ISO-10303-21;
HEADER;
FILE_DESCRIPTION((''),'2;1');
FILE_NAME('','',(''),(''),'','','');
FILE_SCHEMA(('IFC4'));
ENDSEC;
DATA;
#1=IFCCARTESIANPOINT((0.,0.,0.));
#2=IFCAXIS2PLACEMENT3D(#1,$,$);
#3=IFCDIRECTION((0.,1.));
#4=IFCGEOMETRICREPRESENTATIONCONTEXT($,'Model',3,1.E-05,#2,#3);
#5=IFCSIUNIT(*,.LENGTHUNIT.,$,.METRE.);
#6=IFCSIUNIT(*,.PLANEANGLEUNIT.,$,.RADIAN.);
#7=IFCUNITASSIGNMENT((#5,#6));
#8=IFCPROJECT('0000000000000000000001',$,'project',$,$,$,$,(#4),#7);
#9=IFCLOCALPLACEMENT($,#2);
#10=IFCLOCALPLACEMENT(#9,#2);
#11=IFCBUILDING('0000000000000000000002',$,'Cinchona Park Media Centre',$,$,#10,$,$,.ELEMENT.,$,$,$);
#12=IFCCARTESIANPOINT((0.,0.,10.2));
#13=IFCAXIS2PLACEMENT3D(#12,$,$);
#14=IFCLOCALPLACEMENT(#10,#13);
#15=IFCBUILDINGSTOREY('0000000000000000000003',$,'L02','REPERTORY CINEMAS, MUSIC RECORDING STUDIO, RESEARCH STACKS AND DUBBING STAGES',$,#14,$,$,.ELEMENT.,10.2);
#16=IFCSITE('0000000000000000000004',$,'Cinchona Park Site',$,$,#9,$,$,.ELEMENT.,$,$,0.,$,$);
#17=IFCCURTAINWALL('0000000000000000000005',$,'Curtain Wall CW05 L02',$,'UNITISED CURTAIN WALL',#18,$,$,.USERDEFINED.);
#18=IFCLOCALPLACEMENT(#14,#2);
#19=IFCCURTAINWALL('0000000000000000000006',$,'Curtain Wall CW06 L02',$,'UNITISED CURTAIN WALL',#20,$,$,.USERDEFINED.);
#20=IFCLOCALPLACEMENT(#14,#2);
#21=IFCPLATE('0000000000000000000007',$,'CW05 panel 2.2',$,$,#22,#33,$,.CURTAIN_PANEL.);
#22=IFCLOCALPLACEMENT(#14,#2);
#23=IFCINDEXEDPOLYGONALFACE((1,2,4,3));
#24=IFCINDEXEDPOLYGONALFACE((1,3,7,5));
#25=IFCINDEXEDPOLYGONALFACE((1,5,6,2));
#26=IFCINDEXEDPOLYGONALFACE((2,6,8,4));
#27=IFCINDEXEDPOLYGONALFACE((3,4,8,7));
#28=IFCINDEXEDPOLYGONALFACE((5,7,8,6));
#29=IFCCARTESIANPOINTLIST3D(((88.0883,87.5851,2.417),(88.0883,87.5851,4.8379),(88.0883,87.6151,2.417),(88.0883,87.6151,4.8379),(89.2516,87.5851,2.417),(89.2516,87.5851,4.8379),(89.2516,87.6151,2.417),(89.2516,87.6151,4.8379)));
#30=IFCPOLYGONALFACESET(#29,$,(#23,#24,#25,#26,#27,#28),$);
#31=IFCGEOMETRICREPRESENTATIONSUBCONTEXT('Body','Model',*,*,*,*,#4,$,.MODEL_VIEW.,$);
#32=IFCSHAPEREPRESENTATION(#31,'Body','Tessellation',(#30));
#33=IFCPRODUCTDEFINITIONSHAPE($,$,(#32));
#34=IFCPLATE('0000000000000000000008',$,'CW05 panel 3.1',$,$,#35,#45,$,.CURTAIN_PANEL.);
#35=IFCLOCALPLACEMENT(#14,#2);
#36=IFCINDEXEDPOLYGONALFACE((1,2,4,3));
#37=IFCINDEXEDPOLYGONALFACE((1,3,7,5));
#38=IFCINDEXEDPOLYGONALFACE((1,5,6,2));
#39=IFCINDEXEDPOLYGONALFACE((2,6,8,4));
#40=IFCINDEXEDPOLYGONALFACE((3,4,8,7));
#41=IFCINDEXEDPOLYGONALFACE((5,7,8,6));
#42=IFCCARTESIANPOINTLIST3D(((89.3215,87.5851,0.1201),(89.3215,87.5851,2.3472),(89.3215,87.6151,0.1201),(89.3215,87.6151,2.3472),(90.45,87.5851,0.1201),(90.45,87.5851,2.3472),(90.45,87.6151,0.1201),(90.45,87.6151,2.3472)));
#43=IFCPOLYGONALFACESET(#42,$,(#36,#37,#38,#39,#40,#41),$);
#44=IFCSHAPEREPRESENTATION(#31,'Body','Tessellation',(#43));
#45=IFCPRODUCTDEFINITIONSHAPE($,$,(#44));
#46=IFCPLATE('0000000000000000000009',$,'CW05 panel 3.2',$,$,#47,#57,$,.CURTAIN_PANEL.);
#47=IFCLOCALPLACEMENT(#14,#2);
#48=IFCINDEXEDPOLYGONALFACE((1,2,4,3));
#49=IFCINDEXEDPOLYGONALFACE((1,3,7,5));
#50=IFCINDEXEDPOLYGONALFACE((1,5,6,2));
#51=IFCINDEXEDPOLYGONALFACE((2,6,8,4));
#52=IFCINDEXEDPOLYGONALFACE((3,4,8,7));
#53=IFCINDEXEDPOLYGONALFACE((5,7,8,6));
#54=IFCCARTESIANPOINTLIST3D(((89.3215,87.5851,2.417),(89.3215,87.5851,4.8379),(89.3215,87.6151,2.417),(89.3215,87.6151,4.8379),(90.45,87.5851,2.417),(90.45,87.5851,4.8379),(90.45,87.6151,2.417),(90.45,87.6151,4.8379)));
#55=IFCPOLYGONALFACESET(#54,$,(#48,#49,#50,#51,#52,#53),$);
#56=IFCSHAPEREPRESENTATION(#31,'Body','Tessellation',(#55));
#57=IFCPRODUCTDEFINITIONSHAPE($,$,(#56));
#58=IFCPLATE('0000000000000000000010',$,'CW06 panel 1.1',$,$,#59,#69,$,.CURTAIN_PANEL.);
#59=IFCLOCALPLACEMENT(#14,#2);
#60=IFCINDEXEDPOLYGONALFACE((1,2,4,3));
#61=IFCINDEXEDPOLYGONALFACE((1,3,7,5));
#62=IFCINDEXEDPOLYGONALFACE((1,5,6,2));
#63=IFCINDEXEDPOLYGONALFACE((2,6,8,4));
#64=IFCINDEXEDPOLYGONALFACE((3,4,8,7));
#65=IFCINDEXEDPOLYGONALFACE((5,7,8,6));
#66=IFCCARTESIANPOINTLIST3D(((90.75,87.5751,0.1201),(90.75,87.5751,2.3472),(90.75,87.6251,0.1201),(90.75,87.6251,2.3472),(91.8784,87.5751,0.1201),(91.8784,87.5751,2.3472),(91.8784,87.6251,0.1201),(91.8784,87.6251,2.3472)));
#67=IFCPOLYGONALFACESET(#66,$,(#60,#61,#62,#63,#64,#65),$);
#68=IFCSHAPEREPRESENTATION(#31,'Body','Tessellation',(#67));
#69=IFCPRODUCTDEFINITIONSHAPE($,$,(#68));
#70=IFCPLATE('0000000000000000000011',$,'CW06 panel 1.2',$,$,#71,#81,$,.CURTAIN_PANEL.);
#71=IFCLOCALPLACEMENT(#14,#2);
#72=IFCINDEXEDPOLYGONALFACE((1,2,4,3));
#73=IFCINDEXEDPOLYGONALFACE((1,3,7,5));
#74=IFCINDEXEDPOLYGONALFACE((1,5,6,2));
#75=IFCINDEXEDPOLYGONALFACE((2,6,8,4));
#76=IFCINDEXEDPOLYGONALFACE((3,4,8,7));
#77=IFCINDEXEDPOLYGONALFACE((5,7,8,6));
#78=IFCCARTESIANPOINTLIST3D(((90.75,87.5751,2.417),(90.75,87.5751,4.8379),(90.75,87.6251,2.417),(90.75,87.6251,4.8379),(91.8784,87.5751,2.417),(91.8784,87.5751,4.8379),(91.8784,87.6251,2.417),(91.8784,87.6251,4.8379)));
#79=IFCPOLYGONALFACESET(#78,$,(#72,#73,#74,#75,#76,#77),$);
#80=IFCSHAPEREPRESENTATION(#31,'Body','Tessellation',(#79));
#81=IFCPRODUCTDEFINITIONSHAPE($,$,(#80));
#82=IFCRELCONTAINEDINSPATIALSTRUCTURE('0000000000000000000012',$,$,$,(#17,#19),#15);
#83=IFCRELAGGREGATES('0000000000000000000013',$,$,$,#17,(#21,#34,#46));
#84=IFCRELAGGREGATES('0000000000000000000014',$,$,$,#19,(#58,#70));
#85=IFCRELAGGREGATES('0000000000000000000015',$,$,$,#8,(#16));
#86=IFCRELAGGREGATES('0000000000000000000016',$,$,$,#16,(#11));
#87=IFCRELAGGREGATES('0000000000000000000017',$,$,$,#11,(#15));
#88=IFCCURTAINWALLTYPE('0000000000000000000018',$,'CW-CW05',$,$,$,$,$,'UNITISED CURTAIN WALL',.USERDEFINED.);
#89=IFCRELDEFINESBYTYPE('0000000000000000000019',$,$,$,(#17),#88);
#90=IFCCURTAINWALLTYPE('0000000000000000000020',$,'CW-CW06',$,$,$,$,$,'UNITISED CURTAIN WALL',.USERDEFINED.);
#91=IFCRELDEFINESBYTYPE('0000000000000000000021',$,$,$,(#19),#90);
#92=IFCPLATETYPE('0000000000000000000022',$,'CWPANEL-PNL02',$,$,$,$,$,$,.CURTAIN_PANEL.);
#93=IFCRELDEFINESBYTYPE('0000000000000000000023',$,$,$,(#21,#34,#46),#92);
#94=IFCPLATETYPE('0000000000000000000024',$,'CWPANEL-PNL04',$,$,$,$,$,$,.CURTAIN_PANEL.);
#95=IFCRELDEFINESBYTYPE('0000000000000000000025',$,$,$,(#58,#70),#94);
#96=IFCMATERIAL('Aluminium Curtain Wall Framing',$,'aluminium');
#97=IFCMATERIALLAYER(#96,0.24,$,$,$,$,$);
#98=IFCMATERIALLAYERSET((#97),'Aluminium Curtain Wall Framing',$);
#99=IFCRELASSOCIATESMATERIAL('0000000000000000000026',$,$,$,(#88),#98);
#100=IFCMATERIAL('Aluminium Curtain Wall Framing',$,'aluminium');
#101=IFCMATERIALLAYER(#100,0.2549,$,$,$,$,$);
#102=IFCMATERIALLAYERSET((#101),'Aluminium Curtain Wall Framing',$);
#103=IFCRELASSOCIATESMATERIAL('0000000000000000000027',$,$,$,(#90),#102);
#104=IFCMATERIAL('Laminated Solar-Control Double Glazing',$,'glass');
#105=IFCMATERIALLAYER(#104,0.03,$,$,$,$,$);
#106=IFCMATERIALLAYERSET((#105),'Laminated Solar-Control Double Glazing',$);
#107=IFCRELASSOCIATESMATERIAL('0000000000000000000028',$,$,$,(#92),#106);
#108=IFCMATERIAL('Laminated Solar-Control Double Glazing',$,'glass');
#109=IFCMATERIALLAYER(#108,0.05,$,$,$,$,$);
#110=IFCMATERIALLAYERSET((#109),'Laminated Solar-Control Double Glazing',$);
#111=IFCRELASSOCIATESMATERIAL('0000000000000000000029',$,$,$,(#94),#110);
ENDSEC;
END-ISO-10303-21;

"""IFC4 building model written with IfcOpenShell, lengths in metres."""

from ifc_helpers import new_model, si_unit, direction, frame, origin, origin_2d, place, context, subcontext, project, spatial, rectangle, extrude, material, layer, layer_set, type_object, element, aggregate, save


model = new_model("IFC4")

# Units and contexts
model_context = context("Model", 3, precision=1e-05, world=origin(), true_north=direction((0.0, 1.0)))
body_context = subcontext(model_context, "Body", "Model", "MODEL_VIEW")
ifc_project = project(units=[si_unit("LENGTHUNIT", "METRE"), si_unit("PLANEANGLEUNIT", "RADIAN")], contexts=[model_context])

# Site, building, storey
site_placement = place(None, origin())
site = spatial("IfcSite", under=ifc_project, at=site_placement, Name="Cinchona Park Site", CompositionType="ELEMENT", RefElevation=0.0)
building_placement = place(site_placement, origin())
building = spatial("IfcBuilding", under=site, at=building_placement, Name="Cinchona Park Media Centre", CompositionType="ELEMENT")
storey_placement = place(building_placement, frame((0.0, 0.0, 10.2)))
storey = spatial("IfcBuildingStorey", under=building, at=storey_placement, Name="L02", Description="REPERTORY CINEMAS, MUSIC RECORDING STUDIO, RESEARCH STACKS AND DUBBING STAGES", CompositionType="ELEMENT", Elevation=10.2)

# Curtain wall
ifc_material_1 = material(Name="Aluminium Curtain Wall Framing", Category="aluminium")
ifc_layer_1 = layer(ifc_material_1, 0.24)
ifc_layer_set_1 = layer_set([ifc_layer_1], Name="Aluminium Curtain Wall Framing")
curtain_wall_type_1 = type_object("IfcCurtainWallType", Name="CW-CW05", ElementType="UNITISED CURTAIN WALL", PredefinedType="USERDEFINED", material=ifc_layer_set_1)
curtain_wall_1_placement = place(storey_placement, origin())
curtain_wall_1 = element("IfcCurtainWall", 1, at=curtain_wall_1_placement, inside=storey, type_object=curtain_wall_type_1, Name="Curtain Wall CW05 L02", ObjectType="UNITISED CURTAIN WALL", PredefinedType="USERDEFINED")

# Curtain wall
ifc_material_2 = material(Name="Aluminium Curtain Wall Framing", Category="aluminium")
ifc_layer_2 = layer(ifc_material_2, 0.2549)
ifc_layer_set_2 = layer_set([ifc_layer_2], Name="Aluminium Curtain Wall Framing")
curtain_wall_type_2 = type_object("IfcCurtainWallType", Name="CW-CW06", ElementType="UNITISED CURTAIN WALL", PredefinedType="USERDEFINED", material=ifc_layer_set_2)
curtain_wall_2_placement = place(storey_placement, origin())
curtain_wall_2 = element("IfcCurtainWall", 2, at=curtain_wall_2_placement, inside=storey, type_object=curtain_wall_type_2, Name="Curtain Wall CW06 L02", ObjectType="UNITISED CURTAIN WALL", PredefinedType="USERDEFINED")

# Plates
ifc_material_3 = material(Name="Laminated Solar-Control Double Glazing", Category="glass")
ifc_layer_3 = layer(ifc_material_3, 0.03)
ifc_layer_set_3 = layer_set([ifc_layer_3], Name="Laminated Solar-Control Double Glazing")
plate_type_1 = type_object("IfcPlateType", Name="CWPANEL-PNL02", PredefinedType="CURTAIN_PANEL", material=ifc_layer_set_3)
plate_1_placement = place(storey_placement, frame((88.6699, 87.6001, 2.417), z_axis=(0.0, 0.0, 1.0), x_axis=(1.0, 0.0, 0.0)))
plate_1 = element("IfcPlate", 3, at=plate_1_placement, type_object=plate_type_1, Name="CW05 panel 2.2", PredefinedType="CURTAIN_PANEL", context=body_context, shape_type="SweptSolid", body=[
    extrude(rectangle(XDim=1.1633, YDim=0.03, at=origin_2d()), origin(), (0.0, 0.0, 1.0), 2.4209),
])
plate_2_placement = place(storey_placement, frame((89.8857, 87.6001, 0.1201), z_axis=(0.0, 0.0, 1.0), x_axis=(1.0, 0.0, 0.0)))
plate_2 = element("IfcPlate", 4, at=plate_2_placement, type_object=plate_type_1, Name="CW05 panel 3.1", PredefinedType="CURTAIN_PANEL", context=body_context, shape_type="SweptSolid", body=[
    extrude(rectangle(XDim=1.1284, YDim=0.03, at=origin_2d()), origin(), (0.0, 0.0, 1.0), 2.2271),
])
plate_3_placement = place(storey_placement, frame((89.8857, 87.6001, 2.417), z_axis=(0.0, 0.0, 1.0), x_axis=(1.0, 0.0, 0.0)))
plate_3 = element("IfcPlate", 5, at=plate_3_placement, type_object=plate_type_1, Name="CW05 panel 3.2", PredefinedType="CURTAIN_PANEL", context=body_context, shape_type="SweptSolid", body=[
    extrude(rectangle(XDim=1.1284, YDim=0.03, at=origin_2d()), origin(), (0.0, 0.0, 1.0), 2.4209),
])
aggregate(curtain_wall_1, [plate_1, plate_2, plate_3])
ifc_material_4 = material(Name="Laminated Solar-Control Double Glazing", Category="glass")
ifc_layer_4 = layer(ifc_material_4, 0.05)
ifc_layer_set_4 = layer_set([ifc_layer_4], Name="Laminated Solar-Control Double Glazing")
plate_type_2 = type_object("IfcPlateType", Name="CWPANEL-PNL04", PredefinedType="CURTAIN_PANEL", material=ifc_layer_set_4)
plate_4_placement = place(storey_placement, frame((91.3142, 87.6001, 0.1201), z_axis=(0.0, 0.0, 1.0), x_axis=(1.0, 0.0, 0.0)))
plate_4 = element("IfcPlate", 6, at=plate_4_placement, type_object=plate_type_2, Name="CW06 panel 1.1", PredefinedType="CURTAIN_PANEL", context=body_context, shape_type="SweptSolid", body=[
    extrude(rectangle(XDim=1.1284, YDim=0.05, at=origin_2d()), origin(), (0.0, 0.0, 1.0), 2.2271),
])
plate_5_placement = place(storey_placement, frame((91.3142, 87.6001, 2.417), z_axis=(0.0, 0.0, 1.0), x_axis=(1.0, 0.0, 0.0)))
plate_5 = element("IfcPlate", 7, at=plate_5_placement, type_object=plate_type_2, Name="CW06 panel 1.2", PredefinedType="CURTAIN_PANEL", context=body_context, shape_type="SweptSolid", body=[
    extrude(rectangle(XDim=1.1284, YDim=0.05, at=origin_2d()), origin(), (0.0, 0.0, 1.0), 2.4209),
])
aggregate(curtain_wall_2, [plate_4, plate_5])

save(model, "model.ifc")
